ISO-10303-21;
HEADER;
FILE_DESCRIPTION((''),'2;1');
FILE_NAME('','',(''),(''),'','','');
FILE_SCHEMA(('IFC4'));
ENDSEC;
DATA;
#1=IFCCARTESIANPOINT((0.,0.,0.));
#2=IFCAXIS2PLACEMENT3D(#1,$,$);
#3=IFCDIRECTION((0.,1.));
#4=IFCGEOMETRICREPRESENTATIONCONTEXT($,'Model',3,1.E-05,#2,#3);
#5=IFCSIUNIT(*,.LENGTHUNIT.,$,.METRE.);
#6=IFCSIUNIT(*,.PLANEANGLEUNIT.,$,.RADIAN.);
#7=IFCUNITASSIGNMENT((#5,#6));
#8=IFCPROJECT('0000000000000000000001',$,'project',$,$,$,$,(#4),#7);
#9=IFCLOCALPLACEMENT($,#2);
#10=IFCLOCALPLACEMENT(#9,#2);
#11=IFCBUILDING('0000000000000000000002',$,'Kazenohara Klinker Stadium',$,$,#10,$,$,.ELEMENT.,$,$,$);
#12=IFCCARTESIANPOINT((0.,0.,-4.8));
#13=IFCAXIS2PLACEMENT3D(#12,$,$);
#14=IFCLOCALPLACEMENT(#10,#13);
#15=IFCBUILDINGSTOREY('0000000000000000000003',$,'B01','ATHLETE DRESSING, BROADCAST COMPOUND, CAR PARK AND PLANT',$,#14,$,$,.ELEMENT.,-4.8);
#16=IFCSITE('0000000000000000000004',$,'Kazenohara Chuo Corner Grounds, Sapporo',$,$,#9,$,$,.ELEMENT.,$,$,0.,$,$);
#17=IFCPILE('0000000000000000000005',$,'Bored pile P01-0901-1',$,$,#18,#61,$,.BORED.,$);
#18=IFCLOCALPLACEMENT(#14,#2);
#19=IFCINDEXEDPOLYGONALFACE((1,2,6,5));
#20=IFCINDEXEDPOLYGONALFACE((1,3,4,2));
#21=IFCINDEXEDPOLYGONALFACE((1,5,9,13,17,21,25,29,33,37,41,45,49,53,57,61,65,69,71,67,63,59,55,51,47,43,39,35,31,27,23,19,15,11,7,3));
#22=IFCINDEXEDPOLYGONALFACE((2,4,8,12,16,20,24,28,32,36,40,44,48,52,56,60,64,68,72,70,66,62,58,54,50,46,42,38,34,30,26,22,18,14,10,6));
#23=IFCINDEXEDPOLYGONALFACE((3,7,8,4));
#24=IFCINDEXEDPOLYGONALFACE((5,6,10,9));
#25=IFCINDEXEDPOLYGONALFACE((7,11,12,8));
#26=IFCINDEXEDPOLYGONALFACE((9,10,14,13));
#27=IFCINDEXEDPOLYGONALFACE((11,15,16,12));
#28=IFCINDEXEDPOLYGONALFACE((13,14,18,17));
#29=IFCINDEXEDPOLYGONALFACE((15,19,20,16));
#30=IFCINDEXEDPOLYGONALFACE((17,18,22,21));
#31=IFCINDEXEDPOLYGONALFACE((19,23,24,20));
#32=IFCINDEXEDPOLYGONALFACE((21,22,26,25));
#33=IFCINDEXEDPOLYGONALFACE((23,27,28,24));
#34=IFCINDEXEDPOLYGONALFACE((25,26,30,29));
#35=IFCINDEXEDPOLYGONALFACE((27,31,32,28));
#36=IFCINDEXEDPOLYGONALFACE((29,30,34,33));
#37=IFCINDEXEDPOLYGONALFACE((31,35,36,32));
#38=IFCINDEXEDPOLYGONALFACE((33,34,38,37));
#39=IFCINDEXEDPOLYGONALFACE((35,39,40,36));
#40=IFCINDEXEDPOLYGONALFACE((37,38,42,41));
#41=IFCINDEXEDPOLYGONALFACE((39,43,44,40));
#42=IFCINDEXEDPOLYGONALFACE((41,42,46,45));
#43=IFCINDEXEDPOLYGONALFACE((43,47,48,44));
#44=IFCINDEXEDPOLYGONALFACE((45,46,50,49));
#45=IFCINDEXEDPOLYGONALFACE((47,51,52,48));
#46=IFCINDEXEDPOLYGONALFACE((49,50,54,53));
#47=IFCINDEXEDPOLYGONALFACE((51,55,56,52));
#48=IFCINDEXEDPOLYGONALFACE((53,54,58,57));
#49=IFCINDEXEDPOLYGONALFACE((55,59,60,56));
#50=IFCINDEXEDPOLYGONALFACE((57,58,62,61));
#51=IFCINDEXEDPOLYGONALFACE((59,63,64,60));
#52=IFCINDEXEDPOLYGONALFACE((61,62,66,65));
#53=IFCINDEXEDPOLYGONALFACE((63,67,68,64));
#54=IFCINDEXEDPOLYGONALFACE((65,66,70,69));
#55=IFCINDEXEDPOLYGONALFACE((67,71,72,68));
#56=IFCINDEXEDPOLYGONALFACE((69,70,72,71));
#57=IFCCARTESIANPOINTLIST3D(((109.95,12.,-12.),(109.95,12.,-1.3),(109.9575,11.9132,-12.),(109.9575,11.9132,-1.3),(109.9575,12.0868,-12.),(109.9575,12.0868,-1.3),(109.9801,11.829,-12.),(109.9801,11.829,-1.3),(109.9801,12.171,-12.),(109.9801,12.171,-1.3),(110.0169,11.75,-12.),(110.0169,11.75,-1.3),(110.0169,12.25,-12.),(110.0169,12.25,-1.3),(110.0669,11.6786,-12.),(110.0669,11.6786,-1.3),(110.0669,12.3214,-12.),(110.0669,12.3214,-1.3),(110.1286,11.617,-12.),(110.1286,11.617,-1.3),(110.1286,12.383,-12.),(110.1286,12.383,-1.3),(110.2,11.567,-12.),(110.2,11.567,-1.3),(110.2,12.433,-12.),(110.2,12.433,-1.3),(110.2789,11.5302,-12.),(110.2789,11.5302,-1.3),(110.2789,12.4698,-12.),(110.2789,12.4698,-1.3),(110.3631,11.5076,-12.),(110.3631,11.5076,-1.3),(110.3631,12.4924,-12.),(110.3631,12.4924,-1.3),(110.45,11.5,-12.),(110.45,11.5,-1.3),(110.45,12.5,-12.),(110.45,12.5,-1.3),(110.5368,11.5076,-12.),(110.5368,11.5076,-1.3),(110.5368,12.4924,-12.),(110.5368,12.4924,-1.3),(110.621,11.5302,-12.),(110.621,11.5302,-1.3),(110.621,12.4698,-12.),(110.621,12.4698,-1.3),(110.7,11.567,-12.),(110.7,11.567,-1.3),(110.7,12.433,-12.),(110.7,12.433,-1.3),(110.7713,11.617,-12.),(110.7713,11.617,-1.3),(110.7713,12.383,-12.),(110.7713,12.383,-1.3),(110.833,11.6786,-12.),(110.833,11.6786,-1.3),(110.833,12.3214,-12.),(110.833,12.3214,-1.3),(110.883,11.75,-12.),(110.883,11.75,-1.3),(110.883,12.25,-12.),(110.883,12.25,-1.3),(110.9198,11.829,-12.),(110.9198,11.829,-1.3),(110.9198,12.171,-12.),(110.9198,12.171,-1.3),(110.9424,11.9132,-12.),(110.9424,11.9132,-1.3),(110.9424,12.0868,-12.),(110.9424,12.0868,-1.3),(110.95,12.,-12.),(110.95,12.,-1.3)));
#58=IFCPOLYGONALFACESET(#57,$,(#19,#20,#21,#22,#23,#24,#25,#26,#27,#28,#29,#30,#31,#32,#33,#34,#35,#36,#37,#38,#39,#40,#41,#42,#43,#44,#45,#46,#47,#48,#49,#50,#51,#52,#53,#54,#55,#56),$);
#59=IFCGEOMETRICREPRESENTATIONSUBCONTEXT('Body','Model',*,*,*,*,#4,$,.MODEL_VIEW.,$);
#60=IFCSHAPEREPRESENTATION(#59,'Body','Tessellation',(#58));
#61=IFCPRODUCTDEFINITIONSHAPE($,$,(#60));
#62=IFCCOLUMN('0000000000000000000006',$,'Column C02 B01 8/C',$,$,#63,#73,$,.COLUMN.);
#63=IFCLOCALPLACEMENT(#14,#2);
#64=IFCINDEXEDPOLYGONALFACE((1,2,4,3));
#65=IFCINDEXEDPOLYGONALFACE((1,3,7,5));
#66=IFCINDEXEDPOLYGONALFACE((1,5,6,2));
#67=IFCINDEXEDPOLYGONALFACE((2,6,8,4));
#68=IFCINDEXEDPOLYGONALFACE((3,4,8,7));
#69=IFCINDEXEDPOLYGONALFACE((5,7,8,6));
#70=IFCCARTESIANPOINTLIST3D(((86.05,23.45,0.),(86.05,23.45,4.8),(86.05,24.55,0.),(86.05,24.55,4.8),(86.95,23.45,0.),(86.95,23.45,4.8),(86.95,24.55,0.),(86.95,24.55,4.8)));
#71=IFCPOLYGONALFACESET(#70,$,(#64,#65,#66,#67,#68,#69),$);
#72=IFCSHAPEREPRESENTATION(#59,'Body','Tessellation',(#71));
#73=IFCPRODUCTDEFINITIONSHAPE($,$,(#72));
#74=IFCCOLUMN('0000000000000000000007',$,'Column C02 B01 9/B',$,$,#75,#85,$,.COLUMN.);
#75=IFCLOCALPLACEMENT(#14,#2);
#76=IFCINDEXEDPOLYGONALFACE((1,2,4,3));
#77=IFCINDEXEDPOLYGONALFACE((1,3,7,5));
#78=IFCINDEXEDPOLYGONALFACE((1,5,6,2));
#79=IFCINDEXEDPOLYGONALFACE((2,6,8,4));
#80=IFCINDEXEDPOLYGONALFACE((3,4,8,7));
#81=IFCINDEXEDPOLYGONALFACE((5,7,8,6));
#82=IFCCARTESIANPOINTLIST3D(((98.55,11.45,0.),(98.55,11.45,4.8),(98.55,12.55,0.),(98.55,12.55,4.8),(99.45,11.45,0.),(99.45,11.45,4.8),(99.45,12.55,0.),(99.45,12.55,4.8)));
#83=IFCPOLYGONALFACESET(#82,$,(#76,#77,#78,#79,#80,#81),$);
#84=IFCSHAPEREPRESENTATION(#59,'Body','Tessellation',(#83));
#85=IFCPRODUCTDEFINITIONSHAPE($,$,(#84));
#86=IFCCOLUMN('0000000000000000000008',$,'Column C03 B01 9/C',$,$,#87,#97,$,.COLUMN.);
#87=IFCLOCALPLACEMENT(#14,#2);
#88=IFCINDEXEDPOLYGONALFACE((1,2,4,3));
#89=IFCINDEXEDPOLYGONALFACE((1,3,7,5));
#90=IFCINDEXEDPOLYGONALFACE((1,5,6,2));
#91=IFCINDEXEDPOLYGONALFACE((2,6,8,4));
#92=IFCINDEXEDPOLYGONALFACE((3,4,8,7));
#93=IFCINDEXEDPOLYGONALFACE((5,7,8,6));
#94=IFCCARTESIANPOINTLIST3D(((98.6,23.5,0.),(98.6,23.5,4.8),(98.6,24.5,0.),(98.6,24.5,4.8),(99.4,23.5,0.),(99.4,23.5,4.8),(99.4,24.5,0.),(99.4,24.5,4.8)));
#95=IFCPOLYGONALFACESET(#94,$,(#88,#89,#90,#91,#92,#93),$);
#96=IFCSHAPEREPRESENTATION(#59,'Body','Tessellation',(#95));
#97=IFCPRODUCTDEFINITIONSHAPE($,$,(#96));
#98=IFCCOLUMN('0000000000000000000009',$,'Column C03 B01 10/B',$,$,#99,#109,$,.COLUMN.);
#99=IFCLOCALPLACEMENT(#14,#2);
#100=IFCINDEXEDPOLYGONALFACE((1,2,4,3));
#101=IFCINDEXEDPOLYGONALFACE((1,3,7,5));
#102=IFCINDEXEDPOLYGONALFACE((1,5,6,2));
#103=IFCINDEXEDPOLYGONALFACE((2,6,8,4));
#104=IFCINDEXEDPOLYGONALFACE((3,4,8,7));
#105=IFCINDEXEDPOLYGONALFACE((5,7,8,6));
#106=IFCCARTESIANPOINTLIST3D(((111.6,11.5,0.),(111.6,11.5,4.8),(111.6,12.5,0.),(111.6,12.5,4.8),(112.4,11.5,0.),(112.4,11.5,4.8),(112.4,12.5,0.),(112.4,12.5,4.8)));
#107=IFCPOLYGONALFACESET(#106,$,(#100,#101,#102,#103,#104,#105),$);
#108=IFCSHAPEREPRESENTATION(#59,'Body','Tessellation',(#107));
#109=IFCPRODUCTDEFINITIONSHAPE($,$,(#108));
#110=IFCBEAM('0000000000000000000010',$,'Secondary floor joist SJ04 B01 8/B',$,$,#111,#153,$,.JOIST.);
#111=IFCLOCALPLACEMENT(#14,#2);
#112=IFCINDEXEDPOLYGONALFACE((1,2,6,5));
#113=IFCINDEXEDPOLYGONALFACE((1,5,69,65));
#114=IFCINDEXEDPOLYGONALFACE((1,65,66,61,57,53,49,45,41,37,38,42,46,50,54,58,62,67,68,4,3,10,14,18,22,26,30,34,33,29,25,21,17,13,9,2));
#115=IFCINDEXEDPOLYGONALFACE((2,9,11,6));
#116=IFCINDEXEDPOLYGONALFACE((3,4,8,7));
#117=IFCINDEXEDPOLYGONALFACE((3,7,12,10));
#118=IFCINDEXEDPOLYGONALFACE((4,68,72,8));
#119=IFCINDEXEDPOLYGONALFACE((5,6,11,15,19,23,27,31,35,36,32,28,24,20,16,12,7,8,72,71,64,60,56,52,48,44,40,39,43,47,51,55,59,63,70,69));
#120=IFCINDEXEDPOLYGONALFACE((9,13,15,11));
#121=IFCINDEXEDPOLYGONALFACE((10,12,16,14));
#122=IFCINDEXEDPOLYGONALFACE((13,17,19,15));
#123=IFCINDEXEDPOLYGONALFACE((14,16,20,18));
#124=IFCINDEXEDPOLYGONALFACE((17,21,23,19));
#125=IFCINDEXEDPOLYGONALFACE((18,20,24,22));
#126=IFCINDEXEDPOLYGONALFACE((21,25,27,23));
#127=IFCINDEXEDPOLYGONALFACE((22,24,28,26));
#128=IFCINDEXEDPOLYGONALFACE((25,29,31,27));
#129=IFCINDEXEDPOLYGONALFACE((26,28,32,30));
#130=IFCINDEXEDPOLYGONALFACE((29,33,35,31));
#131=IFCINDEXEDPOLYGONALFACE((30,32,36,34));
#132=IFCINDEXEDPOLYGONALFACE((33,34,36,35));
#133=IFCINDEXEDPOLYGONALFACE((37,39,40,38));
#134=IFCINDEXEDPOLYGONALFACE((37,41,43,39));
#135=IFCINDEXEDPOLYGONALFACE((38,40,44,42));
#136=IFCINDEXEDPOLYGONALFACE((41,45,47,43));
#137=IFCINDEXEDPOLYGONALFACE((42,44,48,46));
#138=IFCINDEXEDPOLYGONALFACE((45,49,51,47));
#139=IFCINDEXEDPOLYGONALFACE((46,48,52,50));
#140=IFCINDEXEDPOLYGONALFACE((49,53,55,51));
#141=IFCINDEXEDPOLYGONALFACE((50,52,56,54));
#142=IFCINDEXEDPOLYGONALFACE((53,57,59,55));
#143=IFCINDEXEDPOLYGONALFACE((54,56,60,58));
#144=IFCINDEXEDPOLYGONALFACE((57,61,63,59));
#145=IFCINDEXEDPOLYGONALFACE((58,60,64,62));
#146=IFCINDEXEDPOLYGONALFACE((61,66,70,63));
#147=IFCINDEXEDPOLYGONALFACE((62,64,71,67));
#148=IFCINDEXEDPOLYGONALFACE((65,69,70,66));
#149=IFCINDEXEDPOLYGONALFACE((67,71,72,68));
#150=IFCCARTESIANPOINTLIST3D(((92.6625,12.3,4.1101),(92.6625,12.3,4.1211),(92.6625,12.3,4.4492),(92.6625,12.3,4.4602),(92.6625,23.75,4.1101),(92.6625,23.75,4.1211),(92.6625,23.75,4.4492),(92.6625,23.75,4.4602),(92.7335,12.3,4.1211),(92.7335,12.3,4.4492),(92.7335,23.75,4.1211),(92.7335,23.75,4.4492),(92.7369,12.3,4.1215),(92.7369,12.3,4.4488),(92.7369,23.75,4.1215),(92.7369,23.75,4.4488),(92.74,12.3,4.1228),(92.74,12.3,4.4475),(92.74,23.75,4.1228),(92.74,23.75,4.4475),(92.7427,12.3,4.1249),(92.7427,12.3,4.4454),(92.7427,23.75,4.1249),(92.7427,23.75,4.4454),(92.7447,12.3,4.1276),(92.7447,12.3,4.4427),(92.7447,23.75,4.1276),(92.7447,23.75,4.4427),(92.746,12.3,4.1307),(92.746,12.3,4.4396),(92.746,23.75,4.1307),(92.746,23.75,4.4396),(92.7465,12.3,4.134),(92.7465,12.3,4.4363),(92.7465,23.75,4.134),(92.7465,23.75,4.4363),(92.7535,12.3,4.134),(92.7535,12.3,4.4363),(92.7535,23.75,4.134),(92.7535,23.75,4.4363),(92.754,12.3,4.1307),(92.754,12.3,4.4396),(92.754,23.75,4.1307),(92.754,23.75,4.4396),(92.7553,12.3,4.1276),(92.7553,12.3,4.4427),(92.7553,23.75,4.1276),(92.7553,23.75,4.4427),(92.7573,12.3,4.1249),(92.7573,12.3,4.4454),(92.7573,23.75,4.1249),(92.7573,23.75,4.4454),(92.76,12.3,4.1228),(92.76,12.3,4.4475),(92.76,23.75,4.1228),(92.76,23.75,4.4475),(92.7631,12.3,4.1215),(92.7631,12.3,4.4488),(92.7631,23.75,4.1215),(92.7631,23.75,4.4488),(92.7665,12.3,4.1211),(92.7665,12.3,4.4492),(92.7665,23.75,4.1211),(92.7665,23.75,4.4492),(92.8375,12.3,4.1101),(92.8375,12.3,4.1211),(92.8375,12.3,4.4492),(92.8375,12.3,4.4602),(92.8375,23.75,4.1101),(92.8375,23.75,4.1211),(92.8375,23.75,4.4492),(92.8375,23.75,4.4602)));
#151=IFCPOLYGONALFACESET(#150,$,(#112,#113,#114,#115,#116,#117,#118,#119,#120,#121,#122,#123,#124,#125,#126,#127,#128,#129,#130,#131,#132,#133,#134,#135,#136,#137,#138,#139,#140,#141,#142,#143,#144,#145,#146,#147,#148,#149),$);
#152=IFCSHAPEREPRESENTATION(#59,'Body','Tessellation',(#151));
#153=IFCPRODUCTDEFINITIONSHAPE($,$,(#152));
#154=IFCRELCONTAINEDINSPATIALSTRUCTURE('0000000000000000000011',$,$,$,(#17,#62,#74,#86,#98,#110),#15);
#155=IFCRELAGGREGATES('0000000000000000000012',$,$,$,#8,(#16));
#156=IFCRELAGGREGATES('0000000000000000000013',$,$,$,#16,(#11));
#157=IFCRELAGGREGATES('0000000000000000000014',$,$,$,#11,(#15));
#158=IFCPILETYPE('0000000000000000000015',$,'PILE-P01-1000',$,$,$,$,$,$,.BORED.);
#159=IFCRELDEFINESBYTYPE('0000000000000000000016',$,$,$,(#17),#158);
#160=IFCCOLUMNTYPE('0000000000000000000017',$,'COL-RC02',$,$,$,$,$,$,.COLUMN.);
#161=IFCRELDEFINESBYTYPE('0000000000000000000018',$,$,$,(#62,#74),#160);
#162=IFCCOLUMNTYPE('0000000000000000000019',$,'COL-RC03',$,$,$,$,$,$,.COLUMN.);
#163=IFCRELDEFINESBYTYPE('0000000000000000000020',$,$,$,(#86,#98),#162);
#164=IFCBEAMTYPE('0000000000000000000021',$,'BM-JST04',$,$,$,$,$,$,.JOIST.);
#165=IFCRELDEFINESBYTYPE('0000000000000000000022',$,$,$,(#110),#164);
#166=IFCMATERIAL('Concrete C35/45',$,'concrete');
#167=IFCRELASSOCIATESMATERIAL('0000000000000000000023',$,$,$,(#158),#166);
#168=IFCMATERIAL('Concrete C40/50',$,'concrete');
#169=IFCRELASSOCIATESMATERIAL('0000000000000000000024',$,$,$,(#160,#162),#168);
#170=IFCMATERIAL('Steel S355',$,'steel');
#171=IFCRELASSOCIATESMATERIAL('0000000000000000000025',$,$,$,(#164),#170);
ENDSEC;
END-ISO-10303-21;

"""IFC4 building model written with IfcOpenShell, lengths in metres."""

from ifc_helpers import new_model, si_unit, direction, frame, origin, origin_2d, place, context, subcontext, project, spatial, rectangle, circle, i_section, extrude, material, material_profile, profile_set, type_object, element, save


model = new_model("IFC4")

# Units and contexts
model_context = context("Model", 3, precision=1e-05, world=origin(), true_north=direction((0.0, 1.0)))
body_context = subcontext(model_context, "Body", "Model", "MODEL_VIEW")
ifc_project = project(units=[si_unit("LENGTHUNIT", "METRE"), si_unit("PLANEANGLEUNIT", "RADIAN")], contexts=[model_context])

# Site, building, storey
site_placement = place(None, origin())
site = spatial("IfcSite", under=ifc_project, at=site_placement, Name="Kazenohara Chuo Corner Grounds, Sapporo", CompositionType="ELEMENT", RefElevation=0.0)
building_placement = place(site_placement, origin())
building = spatial("IfcBuilding", under=site, at=building_placement, Name="Kazenohara Klinker Stadium", CompositionType="ELEMENT")
storey_placement = place(building_placement, frame((0.0, 0.0, -4.8)))
storey = spatial("IfcBuildingStorey", under=building, at=storey_placement, Name="B01", Description="ATHLETE DRESSING, BROADCAST COMPOUND, CAR PARK AND PLANT", CompositionType="ELEMENT", Elevation=-4.8)

# Shared definitions
ifc_material_1 = material(Name="Concrete C35/45", Category="concrete")

# Pile
ifc_material_profile_1 = material_profile(ifc_material_1, circle(Radius=0.5, at=origin_2d()), Name="BORED-PILE-1000")
ifc_profile_set_1 = profile_set([ifc_material_profile_1], Name="Concrete C35/45")
pile_type = type_object("IfcPileType", Name="PILE-P01-1000", PredefinedType="BORED", material=ifc_profile_set_1)
pile_1_placement = place(storey_placement, frame((110.45, 12.0, -1.3), z_axis=(0.0, 0.0, -1.0), x_axis=(1.0, 0.0, 0.0)))
element("IfcPile", 1, at=pile_1_placement, inside=storey, type_object=pile_type, Name="Bored pile P01-0901-1", PredefinedType="BORED", context=body_context, shape_type="SweptSolid", body=[
    extrude(circle(Radius=0.5, at=origin_2d()), origin(), (0.0, 0.0, 1.0), 10.7),
])

# Columns
ifc_material_2 = material(Name="Concrete C40/50", Category="concrete")
ifc_material_profile_2 = material_profile(ifc_material_2, rectangle(XDim=0.8999, YDim=1.1001, at=origin_2d()), Name="RC-COL-1100x900")
ifc_profile_set_2 = profile_set([ifc_material_profile_2], Name="Concrete C40/50")
column_type_1 = type_object("IfcColumnType", Name="COL-RC02", PredefinedType="COLUMN", material=ifc_profile_set_2)
for number, where, z_axis, x_axis, name in (
    (2, (86.5, 24.0, 0.0), (0.0, 0.0, 1.0), (1.0, 0.0, 0.0), "Column C02 B01 8/C"),
    (3, (99.0, 12.0, 0.0), (0.0, 0.0, 1.0), (1.0, 0.0, 0.0), "Column C02 B01 9/B"),
):
    element("IfcColumn", number, at=place(storey_placement, frame(where, z_axis=z_axis, x_axis=x_axis)), inside=storey, type_object=column_type_1, Name=name, PredefinedType="COLUMN", context=body_context, shape_type="SweptSolid", body=[
        extrude(rectangle(XDim=0.8999, YDim=1.1001, at=origin_2d()), origin(), (0.0, 0.0, 1.0), 4.8),
    ])
ifc_material_profile_3 = material_profile(ifc_material_2, rectangle(XDim=0.8, YDim=1.0, at=origin_2d()), Name="RC-COL-1000x800")
ifc_profile_set_3 = profile_set([ifc_material_profile_3], Name="Concrete C40/50")
column_type_2 = type_object("IfcColumnType", Name="COL-RC03", PredefinedType="COLUMN", material=ifc_profile_set_3)
for number, where, z_axis, x_axis, name in (
    (4, (99.0, 24.0, 0.0), (0.0, 0.0, 1.0), (1.0, 0.0, 0.0), "Column C03 B01 9/C"),
    (5, (112.0, 12.0, 0.0), (0.0, 0.0, 1.0), (1.0, 0.0, 0.0), "Column C03 B01 10/B"),
):
    element("IfcColumn", number, at=place(storey_placement, frame(where, z_axis=z_axis, x_axis=x_axis)), inside=storey, type_object=column_type_2, Name=name, PredefinedType="COLUMN", context=body_context, shape_type="SweptSolid", body=[
        extrude(rectangle(XDim=0.8, YDim=1.0, at=origin_2d()), origin(), (0.0, 0.0, 1.0), 4.8),
    ])

# Beam
ifc_material_3 = material(Name="Steel S355", Category="steel")
ifc_material_profile_4 = material_profile(ifc_material_3, i_section(OverallWidth=0.175, OverallDepth=0.3501, WebThickness=0.0071, FlangeThickness=0.011, FilletRadius=0.0129, at=origin_2d()), Name="H-350x175x7x11")
ifc_profile_set_4 = profile_set([ifc_material_profile_4], Name="Steel S355")
beam_type_1 = type_object("IfcBeamType", Name="BM-JST04", PredefinedType="JOIST", material=ifc_profile_set_4)
beam_1_placement = place(storey_placement, frame((92.75, 12.3, 4.2852), z_axis=(0.0, 1.0, 0.0), x_axis=(-1.0, 0.0, 0.0)))
element("IfcBeam", 6, at=beam_1_placement, inside=storey, type_object=beam_type_1, Name="Secondary floor joist SJ04 B01 8/B", PredefinedType="JOIST", context=body_context, shape_type="SweptSolid", body=[
    extrude(i_section(OverallWidth=0.175, OverallDepth=0.3501, WebThickness=0.0071, FlangeThickness=0.011, FilletRadius=0.0129, at=origin_2d()), origin(), (0.0, 0.0, 1.0), 11.45),
])

save(model, "model.ifc")
